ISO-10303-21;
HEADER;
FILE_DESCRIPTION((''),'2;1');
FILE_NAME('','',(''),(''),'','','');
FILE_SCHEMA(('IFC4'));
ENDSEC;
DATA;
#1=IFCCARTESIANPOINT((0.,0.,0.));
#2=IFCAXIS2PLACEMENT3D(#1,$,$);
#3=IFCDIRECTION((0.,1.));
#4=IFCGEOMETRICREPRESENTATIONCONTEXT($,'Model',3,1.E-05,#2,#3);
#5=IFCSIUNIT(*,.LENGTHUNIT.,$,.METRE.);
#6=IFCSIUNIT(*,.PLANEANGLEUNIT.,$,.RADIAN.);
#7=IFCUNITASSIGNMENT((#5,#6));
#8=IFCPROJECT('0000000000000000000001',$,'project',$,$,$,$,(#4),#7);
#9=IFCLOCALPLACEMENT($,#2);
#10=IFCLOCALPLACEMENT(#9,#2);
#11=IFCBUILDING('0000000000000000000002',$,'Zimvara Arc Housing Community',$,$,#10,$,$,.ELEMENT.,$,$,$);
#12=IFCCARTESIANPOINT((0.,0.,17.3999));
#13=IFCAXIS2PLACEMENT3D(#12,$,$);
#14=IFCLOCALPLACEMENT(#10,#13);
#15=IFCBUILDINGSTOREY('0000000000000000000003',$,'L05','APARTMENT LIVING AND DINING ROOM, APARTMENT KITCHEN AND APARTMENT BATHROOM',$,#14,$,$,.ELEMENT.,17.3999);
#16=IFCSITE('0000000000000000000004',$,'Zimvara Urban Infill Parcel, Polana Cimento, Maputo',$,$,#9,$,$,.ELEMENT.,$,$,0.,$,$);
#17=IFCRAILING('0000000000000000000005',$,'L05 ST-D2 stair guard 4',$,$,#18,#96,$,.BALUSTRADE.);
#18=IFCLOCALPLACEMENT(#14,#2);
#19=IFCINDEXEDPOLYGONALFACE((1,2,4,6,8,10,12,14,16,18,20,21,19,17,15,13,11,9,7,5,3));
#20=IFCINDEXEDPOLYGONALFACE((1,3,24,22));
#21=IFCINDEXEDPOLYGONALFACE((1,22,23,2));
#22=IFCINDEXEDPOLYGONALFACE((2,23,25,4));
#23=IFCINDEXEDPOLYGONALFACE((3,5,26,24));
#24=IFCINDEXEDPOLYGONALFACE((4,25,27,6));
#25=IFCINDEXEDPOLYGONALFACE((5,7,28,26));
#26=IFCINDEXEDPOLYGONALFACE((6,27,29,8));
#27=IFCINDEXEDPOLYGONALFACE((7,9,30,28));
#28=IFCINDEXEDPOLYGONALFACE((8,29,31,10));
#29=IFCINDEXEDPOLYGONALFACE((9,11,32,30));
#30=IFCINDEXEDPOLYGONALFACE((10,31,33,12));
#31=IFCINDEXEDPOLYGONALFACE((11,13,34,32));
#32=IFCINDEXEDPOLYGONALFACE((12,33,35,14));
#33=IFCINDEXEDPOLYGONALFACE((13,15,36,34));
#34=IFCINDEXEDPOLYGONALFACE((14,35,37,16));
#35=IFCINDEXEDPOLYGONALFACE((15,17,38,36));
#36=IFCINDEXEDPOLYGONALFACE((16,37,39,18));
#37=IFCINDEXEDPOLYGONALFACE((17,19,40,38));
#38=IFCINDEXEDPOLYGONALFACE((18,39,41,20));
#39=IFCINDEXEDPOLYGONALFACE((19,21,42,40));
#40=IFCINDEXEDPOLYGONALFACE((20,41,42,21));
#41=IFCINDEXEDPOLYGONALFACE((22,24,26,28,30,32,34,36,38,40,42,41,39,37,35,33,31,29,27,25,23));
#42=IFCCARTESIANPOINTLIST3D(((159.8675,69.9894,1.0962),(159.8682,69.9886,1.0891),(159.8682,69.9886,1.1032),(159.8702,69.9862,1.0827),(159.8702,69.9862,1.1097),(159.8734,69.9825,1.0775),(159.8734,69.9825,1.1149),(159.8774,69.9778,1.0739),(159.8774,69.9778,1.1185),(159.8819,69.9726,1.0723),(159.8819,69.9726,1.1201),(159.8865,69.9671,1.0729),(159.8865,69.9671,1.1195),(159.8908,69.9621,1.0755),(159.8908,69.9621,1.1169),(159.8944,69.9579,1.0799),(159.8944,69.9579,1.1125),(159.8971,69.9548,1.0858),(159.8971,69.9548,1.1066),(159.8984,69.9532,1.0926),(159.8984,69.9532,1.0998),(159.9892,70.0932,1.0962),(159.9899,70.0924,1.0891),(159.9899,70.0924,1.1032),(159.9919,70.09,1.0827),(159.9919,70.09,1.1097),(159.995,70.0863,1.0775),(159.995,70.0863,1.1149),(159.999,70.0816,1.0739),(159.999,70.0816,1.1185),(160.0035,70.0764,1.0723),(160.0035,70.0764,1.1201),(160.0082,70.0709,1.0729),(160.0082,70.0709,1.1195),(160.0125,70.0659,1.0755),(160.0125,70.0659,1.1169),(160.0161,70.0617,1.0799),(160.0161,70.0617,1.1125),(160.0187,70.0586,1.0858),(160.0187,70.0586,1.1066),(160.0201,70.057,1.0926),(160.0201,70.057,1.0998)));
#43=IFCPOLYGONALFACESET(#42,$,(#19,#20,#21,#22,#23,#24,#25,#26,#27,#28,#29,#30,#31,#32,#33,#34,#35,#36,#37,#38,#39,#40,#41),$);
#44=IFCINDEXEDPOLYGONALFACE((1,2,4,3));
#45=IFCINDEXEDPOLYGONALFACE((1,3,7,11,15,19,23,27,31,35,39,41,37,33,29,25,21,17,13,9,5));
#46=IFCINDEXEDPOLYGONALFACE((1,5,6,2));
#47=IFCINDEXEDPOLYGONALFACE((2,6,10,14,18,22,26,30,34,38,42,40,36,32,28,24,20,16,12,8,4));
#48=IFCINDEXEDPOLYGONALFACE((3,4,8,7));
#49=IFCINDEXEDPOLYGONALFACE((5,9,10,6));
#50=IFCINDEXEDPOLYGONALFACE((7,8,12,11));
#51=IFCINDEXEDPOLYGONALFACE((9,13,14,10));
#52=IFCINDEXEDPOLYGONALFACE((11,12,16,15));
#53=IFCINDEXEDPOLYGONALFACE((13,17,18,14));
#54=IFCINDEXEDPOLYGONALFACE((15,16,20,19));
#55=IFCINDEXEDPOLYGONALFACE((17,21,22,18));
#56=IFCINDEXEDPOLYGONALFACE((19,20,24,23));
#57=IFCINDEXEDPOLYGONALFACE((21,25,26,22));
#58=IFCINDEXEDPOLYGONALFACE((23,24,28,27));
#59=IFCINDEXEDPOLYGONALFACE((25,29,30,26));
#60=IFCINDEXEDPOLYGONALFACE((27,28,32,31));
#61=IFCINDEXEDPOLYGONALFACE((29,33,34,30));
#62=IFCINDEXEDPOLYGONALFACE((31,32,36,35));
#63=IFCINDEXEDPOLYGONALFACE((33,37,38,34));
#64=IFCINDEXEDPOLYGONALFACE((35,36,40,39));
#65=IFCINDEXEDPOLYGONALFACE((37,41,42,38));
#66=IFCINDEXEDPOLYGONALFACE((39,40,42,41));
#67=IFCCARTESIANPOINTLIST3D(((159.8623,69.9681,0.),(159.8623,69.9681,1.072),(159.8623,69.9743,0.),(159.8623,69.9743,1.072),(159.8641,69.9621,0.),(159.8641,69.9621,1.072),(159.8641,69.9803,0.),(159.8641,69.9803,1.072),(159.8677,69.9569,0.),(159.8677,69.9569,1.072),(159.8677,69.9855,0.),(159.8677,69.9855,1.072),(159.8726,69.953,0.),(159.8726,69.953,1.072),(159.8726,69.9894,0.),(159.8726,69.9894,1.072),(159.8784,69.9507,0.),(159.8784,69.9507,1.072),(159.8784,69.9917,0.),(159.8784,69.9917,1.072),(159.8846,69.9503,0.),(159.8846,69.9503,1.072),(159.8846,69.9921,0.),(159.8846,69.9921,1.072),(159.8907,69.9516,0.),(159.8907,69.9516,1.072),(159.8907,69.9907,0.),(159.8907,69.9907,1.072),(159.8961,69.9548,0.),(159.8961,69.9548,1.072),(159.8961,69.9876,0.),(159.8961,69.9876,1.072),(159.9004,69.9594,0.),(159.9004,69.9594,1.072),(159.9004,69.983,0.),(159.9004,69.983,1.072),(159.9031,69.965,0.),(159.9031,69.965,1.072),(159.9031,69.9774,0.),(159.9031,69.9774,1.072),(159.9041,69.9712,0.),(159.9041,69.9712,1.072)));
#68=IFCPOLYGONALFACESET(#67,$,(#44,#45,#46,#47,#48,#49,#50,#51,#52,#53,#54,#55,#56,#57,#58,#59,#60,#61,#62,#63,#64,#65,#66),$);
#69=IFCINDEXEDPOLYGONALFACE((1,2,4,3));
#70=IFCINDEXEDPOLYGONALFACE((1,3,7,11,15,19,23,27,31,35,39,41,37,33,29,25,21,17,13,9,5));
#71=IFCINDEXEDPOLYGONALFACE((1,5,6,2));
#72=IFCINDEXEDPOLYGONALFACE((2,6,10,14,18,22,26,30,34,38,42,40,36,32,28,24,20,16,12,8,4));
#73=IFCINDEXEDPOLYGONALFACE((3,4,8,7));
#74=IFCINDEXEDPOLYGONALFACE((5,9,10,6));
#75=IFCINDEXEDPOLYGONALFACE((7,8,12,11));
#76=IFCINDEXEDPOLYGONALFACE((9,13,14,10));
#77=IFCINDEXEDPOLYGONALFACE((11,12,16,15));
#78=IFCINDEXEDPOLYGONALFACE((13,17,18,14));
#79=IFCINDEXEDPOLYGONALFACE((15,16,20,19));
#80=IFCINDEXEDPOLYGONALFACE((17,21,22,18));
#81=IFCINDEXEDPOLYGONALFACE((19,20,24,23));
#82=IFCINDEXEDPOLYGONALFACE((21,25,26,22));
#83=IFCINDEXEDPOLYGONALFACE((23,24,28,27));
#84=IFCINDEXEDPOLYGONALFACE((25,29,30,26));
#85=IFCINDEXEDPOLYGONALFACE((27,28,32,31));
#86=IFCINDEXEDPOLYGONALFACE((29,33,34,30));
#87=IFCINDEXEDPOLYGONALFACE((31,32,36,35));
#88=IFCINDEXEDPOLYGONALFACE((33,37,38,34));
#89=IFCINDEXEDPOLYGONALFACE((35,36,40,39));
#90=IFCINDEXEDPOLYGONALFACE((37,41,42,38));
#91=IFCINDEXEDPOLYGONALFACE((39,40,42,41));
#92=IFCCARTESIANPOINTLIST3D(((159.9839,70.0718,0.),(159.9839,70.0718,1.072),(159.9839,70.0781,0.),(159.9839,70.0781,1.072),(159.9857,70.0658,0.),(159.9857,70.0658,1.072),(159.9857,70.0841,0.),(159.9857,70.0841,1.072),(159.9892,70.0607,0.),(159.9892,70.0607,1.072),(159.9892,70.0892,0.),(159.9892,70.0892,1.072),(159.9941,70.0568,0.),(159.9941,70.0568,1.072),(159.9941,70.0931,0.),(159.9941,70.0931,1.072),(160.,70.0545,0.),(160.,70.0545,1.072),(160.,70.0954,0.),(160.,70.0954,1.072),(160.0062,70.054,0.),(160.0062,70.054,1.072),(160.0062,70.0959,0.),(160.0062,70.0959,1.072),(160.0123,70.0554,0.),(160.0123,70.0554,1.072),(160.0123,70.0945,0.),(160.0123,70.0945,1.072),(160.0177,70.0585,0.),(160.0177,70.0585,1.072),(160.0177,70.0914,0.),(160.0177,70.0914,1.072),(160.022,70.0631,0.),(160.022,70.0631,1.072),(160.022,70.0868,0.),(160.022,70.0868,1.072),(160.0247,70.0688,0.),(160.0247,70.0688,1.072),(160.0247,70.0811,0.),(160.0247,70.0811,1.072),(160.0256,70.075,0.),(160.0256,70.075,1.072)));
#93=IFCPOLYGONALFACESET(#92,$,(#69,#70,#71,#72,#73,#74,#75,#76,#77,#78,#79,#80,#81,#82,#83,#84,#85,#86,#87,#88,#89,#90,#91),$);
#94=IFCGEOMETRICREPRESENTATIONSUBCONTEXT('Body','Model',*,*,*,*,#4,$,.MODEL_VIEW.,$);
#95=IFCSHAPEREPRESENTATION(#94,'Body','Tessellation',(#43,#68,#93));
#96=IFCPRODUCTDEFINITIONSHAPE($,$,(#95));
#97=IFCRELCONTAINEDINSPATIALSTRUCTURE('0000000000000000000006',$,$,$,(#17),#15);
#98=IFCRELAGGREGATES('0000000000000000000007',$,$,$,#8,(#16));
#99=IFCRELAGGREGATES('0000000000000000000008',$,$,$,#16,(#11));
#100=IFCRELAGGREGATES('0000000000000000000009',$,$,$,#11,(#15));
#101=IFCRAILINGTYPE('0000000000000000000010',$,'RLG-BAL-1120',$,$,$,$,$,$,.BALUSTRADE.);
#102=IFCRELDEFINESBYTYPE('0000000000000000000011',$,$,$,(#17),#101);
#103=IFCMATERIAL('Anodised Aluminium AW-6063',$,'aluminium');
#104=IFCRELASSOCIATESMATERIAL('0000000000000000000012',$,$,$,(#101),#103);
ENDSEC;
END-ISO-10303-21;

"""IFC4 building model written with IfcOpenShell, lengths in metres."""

from ifc_helpers import new_model, si_unit, direction, frame, origin, origin_2d, place, context, subcontext, project, spatial, circle, extrude, material, type_object, element, save


model = new_model("IFC4")

# Units and contexts
model_context = context("Model", 3, precision=1e-05, world=origin(), true_north=direction((0.0, 1.0)))
body_context = subcontext(model_context, "Body", "Model", "MODEL_VIEW")
ifc_project = project(units=[si_unit("LENGTHUNIT", "METRE"), si_unit("PLANEANGLEUNIT", "RADIAN")], contexts=[model_context])

# Site, building, storey
site_placement = place(None, origin())
site = spatial("IfcSite", under=ifc_project, at=site_placement, Name="Zimvara Urban Infill Parcel, Polana Cimento, Maputo", CompositionType="ELEMENT", RefElevation=0.0)
building_placement = place(site_placement, origin())
building = spatial("IfcBuilding", under=site, at=building_placement, Name="Zimvara Arc Housing Community", CompositionType="ELEMENT")
storey_placement = place(building_placement, frame((0.0, 0.0, 17.3999)))
storey = spatial("IfcBuildingStorey", under=building, at=storey_placement, Name="L05", Description="APARTMENT LIVING AND DINING ROOM, APARTMENT KITCHEN AND APARTMENT BATHROOM", CompositionType="ELEMENT", Elevation=17.3999)

# Railing
ifc_material_1 = material(Name="Anodised Aluminium AW-6063", Category="aluminium")
railing_type_1 = type_object("IfcRailingType", Name="RLG-BAL-1120", PredefinedType="BALUSTRADE", material=ifc_material_1)
railing_1_placement = place(storey_placement, frame((159.8831, 69.9712, 0.0)))
element("IfcRailing", 1, at=railing_1_placement, inside=storey, type_object=railing_type_1, Name="L05 ST-D2 stair guard 4", PredefinedType="BALUSTRADE", context=body_context, shape_type="SweptSolid", body=[
    extrude(circle(Radius=0.0239, at=origin_2d()), frame((0.0, 0.0, 1.0962), z_axis=(0.760656, 0.649155, 0.0), x_axis=(-0.649155, 0.760656, 0.0)), (0.0, 0.0, 1.0), 0.1599),
    extrude(circle(Radius=0.021, at=origin_2d()), origin(), (0.0, 0.0, 1.0), 1.072),
    extrude(circle(Radius=0.021, at=origin_2d()), frame((0.1216, 0.1038, 0.0)), (0.0, 0.0, 1.0), 1.072),
])

save(model, "model.ifc")
